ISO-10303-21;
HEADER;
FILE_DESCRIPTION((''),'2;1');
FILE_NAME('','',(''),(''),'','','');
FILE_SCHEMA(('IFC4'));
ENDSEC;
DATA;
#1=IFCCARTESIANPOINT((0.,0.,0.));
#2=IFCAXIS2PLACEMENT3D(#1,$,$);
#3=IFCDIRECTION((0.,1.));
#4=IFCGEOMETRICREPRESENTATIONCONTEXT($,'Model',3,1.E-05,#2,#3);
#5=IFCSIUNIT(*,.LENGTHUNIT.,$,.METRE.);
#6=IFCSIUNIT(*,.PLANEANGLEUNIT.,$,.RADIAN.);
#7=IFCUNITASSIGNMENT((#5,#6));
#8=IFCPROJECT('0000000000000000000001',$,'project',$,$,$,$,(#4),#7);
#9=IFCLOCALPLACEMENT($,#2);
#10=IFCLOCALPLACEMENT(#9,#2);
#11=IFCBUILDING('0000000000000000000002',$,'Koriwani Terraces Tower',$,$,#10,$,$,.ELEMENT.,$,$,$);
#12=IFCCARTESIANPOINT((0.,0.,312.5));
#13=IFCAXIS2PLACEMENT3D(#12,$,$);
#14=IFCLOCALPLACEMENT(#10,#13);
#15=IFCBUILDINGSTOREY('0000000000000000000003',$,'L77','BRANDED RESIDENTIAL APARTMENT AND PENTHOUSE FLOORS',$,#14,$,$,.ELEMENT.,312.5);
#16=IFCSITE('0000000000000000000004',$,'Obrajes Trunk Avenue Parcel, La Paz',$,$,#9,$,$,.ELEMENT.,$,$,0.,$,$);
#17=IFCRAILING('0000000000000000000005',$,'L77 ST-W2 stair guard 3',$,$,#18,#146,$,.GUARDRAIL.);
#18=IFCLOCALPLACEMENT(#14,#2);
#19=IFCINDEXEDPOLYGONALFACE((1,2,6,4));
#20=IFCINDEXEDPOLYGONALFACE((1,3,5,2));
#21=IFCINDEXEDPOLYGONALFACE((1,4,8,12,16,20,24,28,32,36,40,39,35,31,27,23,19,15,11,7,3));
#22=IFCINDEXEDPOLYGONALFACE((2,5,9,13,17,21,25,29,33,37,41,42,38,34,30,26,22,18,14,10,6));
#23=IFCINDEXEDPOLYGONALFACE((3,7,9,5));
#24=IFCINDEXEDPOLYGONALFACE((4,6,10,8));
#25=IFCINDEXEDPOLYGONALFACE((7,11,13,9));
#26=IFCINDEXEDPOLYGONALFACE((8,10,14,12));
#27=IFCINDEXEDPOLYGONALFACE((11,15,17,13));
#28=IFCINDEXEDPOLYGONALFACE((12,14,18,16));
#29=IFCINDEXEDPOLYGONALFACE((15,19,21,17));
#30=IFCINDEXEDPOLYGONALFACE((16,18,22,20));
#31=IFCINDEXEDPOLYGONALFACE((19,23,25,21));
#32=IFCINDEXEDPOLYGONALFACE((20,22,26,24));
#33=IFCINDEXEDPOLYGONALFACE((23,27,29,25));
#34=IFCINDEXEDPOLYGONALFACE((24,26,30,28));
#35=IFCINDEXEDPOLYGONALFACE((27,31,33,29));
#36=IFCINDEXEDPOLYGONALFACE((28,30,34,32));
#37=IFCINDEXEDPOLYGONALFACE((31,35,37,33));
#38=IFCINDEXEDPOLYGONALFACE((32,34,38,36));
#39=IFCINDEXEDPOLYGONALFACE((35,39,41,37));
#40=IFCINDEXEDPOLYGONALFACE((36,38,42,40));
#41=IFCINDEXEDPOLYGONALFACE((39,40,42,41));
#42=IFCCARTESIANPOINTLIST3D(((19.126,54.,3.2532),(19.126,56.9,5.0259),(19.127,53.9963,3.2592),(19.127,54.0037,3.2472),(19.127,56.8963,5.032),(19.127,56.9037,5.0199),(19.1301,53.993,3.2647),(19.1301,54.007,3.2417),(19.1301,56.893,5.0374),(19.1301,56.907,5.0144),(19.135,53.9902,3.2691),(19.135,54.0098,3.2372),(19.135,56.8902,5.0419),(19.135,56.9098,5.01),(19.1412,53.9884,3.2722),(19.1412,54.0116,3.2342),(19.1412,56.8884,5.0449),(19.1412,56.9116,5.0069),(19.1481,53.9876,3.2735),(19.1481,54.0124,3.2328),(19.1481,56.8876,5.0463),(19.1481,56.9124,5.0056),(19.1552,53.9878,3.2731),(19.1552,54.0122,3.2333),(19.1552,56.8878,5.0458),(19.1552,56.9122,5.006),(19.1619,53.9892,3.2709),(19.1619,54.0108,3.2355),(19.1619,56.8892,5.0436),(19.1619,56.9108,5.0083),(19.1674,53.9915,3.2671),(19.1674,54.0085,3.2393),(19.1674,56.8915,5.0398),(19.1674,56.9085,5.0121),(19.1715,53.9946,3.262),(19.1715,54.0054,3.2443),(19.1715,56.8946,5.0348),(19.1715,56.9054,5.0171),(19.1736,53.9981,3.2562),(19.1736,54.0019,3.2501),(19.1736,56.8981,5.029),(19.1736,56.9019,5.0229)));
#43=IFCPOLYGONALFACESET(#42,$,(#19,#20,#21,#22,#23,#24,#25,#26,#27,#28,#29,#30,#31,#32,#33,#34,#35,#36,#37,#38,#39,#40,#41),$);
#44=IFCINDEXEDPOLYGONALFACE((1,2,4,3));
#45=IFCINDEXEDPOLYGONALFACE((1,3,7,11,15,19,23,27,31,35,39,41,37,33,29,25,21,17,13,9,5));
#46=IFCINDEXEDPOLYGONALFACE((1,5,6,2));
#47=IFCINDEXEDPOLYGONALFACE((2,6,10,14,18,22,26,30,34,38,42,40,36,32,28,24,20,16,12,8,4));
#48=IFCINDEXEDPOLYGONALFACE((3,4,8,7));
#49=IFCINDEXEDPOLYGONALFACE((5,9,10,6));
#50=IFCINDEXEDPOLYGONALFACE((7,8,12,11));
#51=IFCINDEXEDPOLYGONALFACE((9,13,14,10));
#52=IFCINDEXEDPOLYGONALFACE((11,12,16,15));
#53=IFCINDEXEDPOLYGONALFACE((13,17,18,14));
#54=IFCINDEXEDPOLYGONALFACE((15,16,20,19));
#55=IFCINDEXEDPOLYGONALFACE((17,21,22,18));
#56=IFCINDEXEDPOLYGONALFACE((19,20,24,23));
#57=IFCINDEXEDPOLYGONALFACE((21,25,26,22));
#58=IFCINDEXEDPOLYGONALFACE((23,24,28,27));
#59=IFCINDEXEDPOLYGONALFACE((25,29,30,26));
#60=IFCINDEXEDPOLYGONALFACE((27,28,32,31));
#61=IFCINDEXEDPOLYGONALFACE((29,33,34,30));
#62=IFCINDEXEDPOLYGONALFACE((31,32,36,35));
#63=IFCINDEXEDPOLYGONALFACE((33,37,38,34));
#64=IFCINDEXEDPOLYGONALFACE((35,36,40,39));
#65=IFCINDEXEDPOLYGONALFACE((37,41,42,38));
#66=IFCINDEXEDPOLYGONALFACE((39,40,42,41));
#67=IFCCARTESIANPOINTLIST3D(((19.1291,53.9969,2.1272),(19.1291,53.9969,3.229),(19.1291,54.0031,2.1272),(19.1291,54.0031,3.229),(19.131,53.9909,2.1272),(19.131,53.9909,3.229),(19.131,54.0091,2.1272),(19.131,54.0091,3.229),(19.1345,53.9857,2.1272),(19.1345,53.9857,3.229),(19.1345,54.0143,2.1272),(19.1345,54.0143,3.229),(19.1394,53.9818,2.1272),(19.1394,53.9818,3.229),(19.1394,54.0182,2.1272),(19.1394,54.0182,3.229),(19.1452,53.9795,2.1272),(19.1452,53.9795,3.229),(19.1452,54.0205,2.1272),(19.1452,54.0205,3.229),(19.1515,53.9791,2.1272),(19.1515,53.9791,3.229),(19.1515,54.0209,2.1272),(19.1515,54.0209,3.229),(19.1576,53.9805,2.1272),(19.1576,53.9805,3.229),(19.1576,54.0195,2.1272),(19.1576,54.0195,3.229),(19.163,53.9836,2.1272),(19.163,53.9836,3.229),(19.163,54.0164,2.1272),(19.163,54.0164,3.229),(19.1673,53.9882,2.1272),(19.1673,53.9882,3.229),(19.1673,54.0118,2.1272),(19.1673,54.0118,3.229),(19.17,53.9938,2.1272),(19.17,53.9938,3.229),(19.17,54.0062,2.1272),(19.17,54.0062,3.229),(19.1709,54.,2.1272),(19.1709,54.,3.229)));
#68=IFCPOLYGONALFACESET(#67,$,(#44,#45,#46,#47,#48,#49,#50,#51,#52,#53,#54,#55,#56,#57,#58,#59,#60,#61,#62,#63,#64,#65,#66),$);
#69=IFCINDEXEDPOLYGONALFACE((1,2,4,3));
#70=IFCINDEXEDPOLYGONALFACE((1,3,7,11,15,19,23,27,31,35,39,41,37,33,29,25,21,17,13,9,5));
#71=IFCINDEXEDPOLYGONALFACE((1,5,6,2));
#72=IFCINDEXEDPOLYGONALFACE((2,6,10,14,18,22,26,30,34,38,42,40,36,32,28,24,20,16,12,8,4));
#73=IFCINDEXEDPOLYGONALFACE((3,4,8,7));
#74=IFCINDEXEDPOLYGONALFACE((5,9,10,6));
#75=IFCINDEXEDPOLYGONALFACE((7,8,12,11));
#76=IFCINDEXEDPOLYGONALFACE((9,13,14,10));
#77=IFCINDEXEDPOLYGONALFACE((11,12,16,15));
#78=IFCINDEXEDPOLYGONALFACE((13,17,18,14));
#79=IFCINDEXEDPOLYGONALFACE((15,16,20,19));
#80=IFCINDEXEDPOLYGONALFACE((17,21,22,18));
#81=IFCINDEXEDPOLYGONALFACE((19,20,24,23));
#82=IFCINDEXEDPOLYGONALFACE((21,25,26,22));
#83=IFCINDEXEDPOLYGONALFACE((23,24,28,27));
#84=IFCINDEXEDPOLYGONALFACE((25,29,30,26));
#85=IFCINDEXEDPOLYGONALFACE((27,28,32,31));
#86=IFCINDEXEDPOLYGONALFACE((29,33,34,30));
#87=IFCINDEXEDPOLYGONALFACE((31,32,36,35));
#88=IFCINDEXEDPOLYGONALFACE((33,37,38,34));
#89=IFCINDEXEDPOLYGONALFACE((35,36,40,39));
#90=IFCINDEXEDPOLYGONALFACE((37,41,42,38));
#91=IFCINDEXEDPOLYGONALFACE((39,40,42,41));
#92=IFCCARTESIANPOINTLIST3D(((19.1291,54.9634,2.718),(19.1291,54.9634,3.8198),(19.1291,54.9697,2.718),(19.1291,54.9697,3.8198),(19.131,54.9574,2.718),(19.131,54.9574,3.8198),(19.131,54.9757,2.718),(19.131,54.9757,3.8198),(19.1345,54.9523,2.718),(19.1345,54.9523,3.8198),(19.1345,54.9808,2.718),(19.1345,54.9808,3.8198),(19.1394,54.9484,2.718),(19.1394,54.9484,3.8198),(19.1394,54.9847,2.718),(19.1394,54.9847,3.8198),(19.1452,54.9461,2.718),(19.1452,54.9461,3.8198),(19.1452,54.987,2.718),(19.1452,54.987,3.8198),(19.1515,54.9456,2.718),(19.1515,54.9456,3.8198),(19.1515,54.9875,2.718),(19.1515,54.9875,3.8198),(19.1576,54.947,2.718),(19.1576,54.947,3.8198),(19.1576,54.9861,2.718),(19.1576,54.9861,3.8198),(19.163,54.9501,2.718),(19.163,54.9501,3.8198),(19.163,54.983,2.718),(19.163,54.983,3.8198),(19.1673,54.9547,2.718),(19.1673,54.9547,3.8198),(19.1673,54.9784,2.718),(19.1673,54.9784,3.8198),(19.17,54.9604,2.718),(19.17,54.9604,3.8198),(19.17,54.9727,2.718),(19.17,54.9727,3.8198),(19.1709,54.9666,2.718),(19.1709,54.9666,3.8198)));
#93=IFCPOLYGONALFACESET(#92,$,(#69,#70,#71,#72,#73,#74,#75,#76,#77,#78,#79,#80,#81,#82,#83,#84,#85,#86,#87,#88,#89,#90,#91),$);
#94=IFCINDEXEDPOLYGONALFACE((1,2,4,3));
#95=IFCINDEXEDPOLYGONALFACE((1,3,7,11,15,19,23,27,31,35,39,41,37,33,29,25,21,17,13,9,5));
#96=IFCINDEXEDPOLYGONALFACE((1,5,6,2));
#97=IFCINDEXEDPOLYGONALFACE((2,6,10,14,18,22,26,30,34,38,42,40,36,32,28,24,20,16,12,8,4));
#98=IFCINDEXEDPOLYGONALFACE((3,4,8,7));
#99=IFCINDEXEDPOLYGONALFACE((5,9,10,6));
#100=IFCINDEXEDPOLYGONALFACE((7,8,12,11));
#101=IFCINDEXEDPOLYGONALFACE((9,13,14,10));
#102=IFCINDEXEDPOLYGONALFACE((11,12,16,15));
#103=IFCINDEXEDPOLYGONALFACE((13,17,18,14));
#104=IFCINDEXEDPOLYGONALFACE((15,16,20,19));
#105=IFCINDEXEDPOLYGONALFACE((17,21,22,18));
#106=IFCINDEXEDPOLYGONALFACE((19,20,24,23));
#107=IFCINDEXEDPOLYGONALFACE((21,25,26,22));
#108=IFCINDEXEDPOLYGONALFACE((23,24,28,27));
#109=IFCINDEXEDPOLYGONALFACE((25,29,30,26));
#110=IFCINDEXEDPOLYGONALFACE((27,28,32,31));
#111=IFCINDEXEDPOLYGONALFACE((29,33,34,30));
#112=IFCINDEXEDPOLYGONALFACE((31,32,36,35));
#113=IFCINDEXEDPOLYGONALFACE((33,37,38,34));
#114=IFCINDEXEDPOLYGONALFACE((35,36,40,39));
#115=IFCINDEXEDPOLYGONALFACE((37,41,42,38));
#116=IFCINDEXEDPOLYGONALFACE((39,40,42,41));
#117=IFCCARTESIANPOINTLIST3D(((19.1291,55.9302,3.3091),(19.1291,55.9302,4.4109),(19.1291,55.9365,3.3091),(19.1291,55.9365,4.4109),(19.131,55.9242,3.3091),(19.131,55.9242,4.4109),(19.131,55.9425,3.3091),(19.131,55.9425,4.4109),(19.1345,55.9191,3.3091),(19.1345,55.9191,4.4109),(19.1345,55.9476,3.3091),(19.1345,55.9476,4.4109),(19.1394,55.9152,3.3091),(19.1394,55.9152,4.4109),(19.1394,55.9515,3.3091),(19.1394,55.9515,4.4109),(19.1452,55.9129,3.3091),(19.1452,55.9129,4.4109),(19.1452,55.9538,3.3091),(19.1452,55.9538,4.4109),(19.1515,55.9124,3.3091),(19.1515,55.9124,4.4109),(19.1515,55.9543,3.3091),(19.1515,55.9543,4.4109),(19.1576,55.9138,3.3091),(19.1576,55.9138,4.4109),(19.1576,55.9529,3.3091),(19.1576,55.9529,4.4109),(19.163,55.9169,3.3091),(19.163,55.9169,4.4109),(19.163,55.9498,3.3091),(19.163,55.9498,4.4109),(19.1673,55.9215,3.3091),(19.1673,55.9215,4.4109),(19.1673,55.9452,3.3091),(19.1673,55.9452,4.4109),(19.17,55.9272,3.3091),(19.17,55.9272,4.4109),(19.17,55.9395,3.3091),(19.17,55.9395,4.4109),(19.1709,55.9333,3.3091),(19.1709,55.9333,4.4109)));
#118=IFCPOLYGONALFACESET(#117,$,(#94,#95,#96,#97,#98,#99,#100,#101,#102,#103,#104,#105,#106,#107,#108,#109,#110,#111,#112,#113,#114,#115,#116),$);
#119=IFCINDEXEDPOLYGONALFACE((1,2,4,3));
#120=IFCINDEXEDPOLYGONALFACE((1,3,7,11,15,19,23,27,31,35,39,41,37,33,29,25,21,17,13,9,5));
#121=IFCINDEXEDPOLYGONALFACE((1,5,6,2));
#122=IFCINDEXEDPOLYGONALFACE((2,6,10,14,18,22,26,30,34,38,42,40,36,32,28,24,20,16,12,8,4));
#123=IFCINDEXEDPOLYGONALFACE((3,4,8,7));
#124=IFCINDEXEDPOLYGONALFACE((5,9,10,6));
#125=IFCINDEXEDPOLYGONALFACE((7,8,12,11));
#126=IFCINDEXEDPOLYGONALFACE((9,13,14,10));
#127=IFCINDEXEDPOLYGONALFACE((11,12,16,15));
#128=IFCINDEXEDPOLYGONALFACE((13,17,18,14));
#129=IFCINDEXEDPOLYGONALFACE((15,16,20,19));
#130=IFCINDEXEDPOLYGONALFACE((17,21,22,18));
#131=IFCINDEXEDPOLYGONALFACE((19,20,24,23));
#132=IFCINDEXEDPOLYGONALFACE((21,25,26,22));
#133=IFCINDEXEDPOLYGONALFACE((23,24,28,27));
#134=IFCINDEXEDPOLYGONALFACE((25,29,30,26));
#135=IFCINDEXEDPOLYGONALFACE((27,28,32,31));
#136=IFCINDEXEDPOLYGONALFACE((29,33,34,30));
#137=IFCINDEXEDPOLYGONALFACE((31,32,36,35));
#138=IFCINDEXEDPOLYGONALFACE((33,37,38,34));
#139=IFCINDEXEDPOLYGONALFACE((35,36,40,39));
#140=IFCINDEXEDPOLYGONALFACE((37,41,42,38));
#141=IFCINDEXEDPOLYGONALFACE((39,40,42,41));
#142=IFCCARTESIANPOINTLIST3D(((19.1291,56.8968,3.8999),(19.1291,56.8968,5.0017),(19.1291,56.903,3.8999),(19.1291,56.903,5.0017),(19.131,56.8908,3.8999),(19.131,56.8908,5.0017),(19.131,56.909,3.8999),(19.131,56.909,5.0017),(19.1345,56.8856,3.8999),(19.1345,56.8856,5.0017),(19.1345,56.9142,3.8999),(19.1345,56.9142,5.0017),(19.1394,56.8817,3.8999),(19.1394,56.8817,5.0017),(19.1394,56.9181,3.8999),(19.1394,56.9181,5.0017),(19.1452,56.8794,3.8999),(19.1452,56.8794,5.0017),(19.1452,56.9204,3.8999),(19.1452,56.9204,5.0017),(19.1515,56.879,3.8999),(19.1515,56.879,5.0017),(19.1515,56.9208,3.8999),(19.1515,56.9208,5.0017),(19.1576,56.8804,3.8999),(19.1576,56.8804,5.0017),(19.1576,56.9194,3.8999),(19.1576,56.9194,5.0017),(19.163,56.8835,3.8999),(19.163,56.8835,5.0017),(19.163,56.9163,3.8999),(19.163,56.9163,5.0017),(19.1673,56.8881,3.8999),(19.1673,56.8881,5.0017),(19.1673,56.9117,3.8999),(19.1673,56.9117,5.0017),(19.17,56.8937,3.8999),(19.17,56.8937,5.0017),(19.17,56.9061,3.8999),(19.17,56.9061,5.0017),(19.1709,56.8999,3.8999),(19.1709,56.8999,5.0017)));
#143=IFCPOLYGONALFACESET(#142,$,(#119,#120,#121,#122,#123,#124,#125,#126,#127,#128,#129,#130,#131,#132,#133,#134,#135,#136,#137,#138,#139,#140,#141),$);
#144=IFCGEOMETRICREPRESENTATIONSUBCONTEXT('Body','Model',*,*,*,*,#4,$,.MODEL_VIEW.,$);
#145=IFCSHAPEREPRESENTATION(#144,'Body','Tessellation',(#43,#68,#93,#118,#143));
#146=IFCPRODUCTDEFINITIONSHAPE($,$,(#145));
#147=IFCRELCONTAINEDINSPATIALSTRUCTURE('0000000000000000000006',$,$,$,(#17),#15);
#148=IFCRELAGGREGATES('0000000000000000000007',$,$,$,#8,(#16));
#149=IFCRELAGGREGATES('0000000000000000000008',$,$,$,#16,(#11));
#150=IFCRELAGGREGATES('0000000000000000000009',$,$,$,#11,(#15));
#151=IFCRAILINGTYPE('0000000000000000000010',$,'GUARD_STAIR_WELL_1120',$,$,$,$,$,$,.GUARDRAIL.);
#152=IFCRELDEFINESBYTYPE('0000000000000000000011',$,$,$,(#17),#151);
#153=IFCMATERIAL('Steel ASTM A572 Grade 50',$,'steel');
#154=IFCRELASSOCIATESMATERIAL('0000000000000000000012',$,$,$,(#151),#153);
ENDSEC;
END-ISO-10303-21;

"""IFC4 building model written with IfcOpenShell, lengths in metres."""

from ifc_helpers import new_model, si_unit, direction, frame, origin, origin_2d, place, context, subcontext, project, spatial, circle, extrude, material, type_object, element, save


model = new_model("IFC4")

# Units and contexts
model_context = context("Model", 3, precision=1e-05, world=origin(), true_north=direction((0.0, 1.0)))
body_context = subcontext(model_context, "Body", "Model", "MODEL_VIEW")
ifc_project = project(units=[si_unit("LENGTHUNIT", "METRE"), si_unit("PLANEANGLEUNIT", "RADIAN")], contexts=[model_context])

# Site, building, storey
site_placement = place(None, origin())
site = spatial("IfcSite", under=ifc_project, at=site_placement, Name="Obrajes Trunk Avenue Parcel, La Paz", CompositionType="ELEMENT", RefElevation=0.0)
building_placement = place(site_placement, origin())
building = spatial("IfcBuilding", under=site, at=building_placement, Name="Koriwani Terraces Tower", CompositionType="ELEMENT")
storey_placement = place(building_placement, frame((0.0, 0.0, 312.5)))
storey = spatial("IfcBuildingStorey", under=building, at=storey_placement, Name="L77", Description="BRANDED RESIDENTIAL APARTMENT AND PENTHOUSE FLOORS", CompositionType="ELEMENT", Elevation=312.5)

# Shared definitions
ifc_material_1 = material(Name="Steel ASTM A572 Grade 50", Category="steel")

# Railing
railing_type_1 = type_object("IfcRailingType", Name="GUARD_STAIR_WELL_1120", PredefinedType="GUARDRAIL", material=ifc_material_1)
railing_1_placement = place(storey_placement, frame((19.1499, 54.0, 2.1272)))
element("IfcRailing", 1, at=railing_1_placement, inside=storey, type_object=railing_type_1, Name="L77 ST-W2 stair guard 3", PredefinedType="GUARDRAIL", context=body_context, shape_type="SweptSolid", body=[
    extrude(circle(Radius=0.0239, at=origin_2d()), frame((0.0, 0.0, 1.126), z_axis=(0.0, 0.853211, 0.521566), x_axis=(-1.0, 0.0, 0.0)), (0.0, 0.0, 1.0), 3.3989),
    extrude(circle(Radius=0.021, at=origin_2d()), origin(), (0.0, 0.0, 1.0), 1.1018),
    extrude(circle(Radius=0.021, at=origin_2d()), frame((0.0, 0.9666, 0.5908)), (0.0, 0.0, 1.0), 1.1018),
    extrude(circle(Radius=0.021, at=origin_2d()), frame((0.0, 1.9333, 1.1819)), (0.0, 0.0, 1.0), 1.1018),
    extrude(circle(Radius=0.021, at=origin_2d()), frame((0.0, 2.8999, 1.7727)), (0.0, 0.0, 1.0), 1.1018),
])

save(model, "model.ifc")
